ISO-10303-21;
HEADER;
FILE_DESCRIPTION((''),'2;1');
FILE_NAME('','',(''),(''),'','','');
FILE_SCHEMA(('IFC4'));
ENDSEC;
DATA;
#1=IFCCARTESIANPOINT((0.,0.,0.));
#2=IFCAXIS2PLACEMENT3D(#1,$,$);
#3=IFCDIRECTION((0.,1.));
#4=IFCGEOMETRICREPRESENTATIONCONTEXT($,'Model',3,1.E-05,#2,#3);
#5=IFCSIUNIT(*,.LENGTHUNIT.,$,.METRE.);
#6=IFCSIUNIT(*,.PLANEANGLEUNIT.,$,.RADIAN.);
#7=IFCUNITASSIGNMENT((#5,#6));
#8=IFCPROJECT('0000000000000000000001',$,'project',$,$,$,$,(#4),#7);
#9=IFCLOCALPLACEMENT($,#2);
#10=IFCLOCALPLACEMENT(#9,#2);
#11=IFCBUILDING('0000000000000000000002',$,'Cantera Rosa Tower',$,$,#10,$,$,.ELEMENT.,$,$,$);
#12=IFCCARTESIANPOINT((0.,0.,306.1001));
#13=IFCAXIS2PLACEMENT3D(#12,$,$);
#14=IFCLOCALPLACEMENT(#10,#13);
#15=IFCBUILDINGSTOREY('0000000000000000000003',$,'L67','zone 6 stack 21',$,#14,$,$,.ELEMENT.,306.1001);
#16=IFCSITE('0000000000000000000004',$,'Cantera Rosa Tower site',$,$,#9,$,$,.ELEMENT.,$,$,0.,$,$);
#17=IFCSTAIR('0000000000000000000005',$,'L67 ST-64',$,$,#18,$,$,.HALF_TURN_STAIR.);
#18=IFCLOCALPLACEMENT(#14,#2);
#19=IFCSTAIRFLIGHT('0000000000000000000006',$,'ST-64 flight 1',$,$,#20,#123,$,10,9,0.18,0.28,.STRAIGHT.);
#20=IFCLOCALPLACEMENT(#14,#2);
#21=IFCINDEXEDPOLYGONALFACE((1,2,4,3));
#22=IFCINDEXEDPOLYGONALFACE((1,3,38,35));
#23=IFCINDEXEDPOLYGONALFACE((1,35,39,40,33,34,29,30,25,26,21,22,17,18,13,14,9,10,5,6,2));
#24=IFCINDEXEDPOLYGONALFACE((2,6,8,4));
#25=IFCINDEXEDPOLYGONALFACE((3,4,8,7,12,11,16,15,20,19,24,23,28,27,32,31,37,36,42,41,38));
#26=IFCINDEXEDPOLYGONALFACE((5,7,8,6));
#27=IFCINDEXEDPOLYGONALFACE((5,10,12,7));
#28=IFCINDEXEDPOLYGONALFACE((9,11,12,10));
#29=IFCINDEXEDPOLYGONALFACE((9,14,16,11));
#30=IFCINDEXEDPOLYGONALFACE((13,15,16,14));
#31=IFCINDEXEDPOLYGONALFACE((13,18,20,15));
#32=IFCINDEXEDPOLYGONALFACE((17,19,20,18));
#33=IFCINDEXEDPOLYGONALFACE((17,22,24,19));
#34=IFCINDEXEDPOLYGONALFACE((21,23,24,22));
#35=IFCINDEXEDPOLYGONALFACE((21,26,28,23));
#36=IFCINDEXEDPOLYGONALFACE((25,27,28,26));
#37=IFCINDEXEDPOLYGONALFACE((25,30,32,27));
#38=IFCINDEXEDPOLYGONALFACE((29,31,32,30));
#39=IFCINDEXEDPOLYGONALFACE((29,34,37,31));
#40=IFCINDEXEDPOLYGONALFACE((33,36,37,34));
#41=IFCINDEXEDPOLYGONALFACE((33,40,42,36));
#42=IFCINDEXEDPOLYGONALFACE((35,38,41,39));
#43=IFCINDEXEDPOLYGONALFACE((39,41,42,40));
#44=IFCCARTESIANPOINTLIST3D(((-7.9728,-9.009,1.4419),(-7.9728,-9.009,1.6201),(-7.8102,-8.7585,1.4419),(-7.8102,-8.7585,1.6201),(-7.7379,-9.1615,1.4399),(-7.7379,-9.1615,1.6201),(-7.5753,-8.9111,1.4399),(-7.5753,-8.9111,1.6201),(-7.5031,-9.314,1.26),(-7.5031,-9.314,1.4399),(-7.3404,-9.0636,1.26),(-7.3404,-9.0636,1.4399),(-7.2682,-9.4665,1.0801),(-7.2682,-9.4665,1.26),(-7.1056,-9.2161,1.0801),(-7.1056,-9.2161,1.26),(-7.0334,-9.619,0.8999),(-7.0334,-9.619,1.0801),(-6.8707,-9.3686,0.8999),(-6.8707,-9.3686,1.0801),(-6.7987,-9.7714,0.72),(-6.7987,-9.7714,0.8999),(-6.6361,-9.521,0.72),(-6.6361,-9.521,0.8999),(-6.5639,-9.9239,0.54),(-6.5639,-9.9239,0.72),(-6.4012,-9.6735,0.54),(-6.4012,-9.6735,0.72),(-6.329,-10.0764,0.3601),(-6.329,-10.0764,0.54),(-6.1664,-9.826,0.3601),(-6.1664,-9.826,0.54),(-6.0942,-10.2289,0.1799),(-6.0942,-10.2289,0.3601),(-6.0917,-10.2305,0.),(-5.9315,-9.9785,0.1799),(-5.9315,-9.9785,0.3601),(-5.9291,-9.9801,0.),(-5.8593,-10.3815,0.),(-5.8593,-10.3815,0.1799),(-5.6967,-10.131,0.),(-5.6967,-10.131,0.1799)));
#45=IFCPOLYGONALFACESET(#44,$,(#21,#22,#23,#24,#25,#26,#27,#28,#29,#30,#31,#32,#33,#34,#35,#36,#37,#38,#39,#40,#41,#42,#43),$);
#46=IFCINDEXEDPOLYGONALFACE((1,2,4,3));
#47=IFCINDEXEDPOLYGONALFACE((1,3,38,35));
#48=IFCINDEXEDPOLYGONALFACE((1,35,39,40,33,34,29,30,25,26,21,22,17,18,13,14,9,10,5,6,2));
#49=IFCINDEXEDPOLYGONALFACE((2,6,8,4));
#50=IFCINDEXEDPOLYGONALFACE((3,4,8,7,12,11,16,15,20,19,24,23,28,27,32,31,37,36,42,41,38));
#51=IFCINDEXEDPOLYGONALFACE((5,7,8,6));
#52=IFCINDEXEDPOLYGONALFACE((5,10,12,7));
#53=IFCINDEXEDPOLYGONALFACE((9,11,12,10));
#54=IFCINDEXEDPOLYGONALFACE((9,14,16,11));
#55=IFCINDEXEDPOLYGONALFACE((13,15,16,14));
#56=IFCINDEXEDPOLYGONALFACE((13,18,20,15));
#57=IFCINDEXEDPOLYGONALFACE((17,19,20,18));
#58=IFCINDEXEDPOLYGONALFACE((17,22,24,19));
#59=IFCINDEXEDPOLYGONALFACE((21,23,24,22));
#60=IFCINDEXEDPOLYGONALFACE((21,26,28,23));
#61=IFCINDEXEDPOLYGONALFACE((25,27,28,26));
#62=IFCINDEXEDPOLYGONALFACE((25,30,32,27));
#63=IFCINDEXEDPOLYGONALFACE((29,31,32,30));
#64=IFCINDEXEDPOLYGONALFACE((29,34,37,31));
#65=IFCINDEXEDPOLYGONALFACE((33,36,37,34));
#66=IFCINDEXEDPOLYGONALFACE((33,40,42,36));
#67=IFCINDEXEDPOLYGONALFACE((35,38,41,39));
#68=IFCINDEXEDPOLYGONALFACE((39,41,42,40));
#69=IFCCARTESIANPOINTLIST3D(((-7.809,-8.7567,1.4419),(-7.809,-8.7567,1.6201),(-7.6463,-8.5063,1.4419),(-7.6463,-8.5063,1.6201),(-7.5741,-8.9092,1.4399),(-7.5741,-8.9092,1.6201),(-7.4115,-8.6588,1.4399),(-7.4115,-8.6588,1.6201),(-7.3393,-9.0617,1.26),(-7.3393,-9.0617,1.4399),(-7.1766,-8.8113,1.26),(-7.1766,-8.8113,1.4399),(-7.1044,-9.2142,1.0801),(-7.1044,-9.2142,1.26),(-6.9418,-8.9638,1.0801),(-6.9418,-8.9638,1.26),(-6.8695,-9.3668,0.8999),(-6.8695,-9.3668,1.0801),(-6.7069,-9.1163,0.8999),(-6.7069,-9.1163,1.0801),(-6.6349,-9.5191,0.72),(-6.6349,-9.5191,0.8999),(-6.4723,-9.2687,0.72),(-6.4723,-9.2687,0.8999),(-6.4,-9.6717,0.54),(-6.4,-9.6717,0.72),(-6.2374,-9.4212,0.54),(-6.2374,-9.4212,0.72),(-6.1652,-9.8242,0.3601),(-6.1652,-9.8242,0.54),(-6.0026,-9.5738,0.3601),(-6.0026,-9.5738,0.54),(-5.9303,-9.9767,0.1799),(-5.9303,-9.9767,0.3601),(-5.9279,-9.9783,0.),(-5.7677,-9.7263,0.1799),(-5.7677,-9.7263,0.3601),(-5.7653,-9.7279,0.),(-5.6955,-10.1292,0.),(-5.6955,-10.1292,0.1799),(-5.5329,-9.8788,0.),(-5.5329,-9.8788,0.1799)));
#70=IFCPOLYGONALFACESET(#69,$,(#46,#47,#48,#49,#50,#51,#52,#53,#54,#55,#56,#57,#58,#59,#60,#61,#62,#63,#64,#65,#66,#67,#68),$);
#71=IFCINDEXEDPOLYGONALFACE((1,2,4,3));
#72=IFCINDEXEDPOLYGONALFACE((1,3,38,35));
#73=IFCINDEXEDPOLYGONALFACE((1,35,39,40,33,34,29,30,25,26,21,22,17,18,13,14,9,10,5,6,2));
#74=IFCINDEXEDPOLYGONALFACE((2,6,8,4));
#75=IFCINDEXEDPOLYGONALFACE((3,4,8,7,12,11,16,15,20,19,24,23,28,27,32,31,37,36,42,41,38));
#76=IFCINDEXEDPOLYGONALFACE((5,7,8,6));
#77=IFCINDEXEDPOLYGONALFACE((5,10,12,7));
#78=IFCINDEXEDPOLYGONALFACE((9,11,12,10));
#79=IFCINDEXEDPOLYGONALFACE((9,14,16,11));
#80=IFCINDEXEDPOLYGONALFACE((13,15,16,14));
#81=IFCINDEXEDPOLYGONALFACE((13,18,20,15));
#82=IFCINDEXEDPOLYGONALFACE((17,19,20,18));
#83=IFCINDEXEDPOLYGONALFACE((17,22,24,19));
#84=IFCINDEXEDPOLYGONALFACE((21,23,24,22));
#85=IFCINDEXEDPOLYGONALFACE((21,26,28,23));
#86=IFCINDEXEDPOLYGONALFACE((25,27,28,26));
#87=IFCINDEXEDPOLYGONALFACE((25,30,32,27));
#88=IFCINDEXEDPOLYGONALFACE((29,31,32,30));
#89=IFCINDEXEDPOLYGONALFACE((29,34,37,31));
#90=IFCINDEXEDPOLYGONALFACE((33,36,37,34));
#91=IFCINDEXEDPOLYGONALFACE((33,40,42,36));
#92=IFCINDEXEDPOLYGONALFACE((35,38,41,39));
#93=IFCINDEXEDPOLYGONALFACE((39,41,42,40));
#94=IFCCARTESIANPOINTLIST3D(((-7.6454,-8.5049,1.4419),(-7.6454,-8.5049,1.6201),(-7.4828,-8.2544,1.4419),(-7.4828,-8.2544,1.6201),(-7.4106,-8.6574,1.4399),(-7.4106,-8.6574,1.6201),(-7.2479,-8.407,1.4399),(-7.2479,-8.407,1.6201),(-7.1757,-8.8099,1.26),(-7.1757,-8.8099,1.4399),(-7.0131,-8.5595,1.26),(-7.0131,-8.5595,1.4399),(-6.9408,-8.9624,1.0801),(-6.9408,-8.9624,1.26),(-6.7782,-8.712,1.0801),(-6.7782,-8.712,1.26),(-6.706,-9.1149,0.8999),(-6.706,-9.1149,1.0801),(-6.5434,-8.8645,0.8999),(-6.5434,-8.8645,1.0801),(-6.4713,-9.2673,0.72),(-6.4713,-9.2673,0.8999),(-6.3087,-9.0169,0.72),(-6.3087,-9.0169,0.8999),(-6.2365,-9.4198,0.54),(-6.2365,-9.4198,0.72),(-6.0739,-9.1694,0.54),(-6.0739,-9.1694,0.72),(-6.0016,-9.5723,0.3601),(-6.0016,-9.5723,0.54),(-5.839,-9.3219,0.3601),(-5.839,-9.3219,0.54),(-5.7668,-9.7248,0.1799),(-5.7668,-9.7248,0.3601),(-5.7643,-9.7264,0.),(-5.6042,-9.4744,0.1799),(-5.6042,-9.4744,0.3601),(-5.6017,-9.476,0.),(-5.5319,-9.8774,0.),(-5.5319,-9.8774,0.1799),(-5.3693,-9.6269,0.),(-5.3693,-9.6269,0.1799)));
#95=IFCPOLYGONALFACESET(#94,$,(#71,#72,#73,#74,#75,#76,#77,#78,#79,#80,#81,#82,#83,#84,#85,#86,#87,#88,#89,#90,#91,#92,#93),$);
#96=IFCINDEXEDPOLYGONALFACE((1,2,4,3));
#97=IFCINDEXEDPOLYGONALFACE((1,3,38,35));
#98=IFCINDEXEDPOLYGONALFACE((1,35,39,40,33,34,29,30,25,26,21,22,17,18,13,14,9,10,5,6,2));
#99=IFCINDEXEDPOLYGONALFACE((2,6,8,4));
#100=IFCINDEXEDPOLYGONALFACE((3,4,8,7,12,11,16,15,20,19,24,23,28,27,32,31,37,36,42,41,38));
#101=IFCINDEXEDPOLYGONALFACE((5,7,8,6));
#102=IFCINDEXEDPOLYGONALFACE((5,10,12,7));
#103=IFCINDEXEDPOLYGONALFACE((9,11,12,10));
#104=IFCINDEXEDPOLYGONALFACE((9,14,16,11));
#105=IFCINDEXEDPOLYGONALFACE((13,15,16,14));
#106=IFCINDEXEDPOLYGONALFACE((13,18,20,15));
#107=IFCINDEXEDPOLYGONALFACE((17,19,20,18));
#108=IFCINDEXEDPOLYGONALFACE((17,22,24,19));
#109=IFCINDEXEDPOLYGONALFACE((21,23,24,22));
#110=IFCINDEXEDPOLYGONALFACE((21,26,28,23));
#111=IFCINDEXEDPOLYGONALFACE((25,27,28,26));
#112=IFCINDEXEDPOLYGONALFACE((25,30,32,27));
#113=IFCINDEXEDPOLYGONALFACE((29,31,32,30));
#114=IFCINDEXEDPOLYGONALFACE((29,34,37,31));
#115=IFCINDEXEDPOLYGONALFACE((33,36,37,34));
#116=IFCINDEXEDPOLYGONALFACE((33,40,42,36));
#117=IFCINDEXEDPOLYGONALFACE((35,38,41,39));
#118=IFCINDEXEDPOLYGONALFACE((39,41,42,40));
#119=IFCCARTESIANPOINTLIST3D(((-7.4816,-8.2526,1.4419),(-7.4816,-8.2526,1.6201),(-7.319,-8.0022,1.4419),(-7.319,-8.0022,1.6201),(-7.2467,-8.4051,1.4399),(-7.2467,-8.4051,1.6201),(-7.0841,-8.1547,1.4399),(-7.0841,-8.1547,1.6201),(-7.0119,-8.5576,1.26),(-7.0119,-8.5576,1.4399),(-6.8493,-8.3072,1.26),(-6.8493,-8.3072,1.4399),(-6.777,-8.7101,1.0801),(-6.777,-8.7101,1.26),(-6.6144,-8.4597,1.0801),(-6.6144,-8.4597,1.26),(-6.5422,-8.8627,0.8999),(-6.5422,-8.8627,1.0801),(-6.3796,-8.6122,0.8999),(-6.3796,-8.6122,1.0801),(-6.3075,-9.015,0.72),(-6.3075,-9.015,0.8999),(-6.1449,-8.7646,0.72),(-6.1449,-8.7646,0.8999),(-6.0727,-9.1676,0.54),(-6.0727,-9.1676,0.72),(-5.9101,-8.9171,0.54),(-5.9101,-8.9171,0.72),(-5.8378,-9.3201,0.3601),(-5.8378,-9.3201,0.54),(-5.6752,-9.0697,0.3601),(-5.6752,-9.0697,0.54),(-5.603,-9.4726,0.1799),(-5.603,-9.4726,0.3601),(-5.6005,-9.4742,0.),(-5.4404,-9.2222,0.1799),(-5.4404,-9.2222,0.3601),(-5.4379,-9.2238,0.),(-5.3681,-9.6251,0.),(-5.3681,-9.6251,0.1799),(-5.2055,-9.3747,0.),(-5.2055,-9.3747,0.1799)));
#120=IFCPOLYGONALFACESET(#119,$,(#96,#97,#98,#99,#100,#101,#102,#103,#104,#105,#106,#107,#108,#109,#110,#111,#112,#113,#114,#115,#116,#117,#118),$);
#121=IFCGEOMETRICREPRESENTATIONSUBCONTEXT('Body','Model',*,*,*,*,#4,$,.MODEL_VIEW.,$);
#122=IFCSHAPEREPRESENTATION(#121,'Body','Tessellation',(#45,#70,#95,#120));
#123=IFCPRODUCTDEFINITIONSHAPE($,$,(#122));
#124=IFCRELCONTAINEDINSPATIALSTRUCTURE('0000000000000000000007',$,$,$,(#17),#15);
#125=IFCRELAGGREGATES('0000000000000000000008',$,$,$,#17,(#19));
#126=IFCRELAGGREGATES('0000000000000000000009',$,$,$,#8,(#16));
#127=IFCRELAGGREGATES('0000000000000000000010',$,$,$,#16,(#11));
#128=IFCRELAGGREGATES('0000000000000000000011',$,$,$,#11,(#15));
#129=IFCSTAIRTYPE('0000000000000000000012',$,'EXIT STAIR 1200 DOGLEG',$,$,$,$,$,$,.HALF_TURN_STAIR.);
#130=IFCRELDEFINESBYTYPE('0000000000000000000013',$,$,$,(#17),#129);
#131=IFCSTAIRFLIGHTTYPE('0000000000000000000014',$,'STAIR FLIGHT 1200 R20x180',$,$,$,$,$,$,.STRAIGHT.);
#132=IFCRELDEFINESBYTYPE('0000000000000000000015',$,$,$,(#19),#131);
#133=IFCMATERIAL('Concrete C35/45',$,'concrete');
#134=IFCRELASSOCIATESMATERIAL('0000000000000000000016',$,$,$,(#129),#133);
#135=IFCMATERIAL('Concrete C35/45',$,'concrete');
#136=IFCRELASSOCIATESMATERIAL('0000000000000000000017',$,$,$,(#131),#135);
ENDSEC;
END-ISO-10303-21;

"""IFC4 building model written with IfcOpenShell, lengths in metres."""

from ifc_helpers import new_model, si_unit, direction, frame, origin, place, context, subcontext, project, spatial, polyline, outline, extrude, material, type_object, element, aggregate, save


model = new_model("IFC4")

# Units and contexts
model_context = context("Model", 3, precision=1e-05, world=origin(), true_north=direction((0.0, 1.0)))
body_context = subcontext(model_context, "Body", "Model", "MODEL_VIEW")
ifc_project = project(units=[si_unit("LENGTHUNIT", "METRE"), si_unit("PLANEANGLEUNIT", "RADIAN")], contexts=[model_context])

# Site, building, storey
site_placement = place(None, origin())
site = spatial("IfcSite", under=ifc_project, at=site_placement, Name="Cantera Rosa Tower site", CompositionType="ELEMENT", RefElevation=0.0)
building_placement = place(site_placement, origin())
building = spatial("IfcBuilding", under=site, at=building_placement, Name="Cantera Rosa Tower", CompositionType="ELEMENT")
storey_placement = place(building_placement, frame((0.0, 0.0, 306.1001)))
storey = spatial("IfcBuildingStorey", under=building, at=storey_placement, Name="L67", Description="zone 6 stack 21", CompositionType="ELEMENT", Elevation=306.1001)

# Stair, stair flight
ifc_material_1 = material(Name="Concrete C35/45", Category="concrete")
stair_type = type_object("IfcStairType", Name="EXIT STAIR 1200 DOGLEG", PredefinedType="HALF_TURN_STAIR", material=ifc_material_1)
stair_placement = place(storey_placement, origin())
stair = element("IfcStair", 1, at=stair_placement, inside=storey, type_object=stair_type, Name="L67 ST-64", PredefinedType="HALF_TURN_STAIR")
ifc_material_2 = material(Name="Concrete C35/45", Category="concrete")
stair_flight_type = type_object("IfcStairFlightType", Name="STAIR FLIGHT 1200 R20x180", PredefinedType="STRAIGHT", material=ifc_material_2)
stair_flight_1_placement = place(storey_placement, frame((-5.5325, -9.8782, 0.0), z_axis=(0.0, 0.0, 1.0), x_axis=(-0.838671, 0.544639, 0.0)))
stair_flight_1 = element("IfcStairFlight", 2, at=stair_flight_1_placement, type_object=stair_flight_type, Name="ST-64 flight 1", NumberOfRisers=10, NumberOfTreads=9, PredefinedType="STRAIGHT", RiserHeight=0.18, TreadLength=0.28, context=body_context, shape_type="SweptSolid", body=[
    extrude(outline(polyline([(0.0, 0.0), (0.0, 0.1799), (0.28, 0.1799), (0.28, 0.3601), (0.5601, 0.3601), (0.5601, 0.54), (0.8401, 0.54), (0.8401, 0.72), (1.1201, 0.72), (1.1201, 0.8999), (1.3999, 0.8999), (1.3999, 1.0801), (1.6799, 1.0801), (1.6799, 1.26), (1.96, 1.26), (1.96, 1.4399), (2.24, 1.4399), (2.24, 1.6201), (2.52, 1.6201), (2.52, 1.8), (2.52, 1.4419), (0.2771, 0.0), (0.0, 0.0)])), frame((0.0, 0.6001, 0.0), z_axis=(0.0, -1.0, 0.0), x_axis=(1.0, 0.0, 0.0)), (0.0, 0.0, 1.0), 0.2986),
    extrude(outline(polyline([(0.0, 0.0), (0.0, 0.1799), (0.28, 0.1799), (0.28, 0.3601), (0.5601, 0.3601), (0.5601, 0.54), (0.8401, 0.54), (0.8401, 0.72), (1.1201, 0.72), (1.1201, 0.8999), (1.3999, 0.8999), (1.3999, 1.0801), (1.6799, 1.0801), (1.6799, 1.26), (1.96, 1.26), (1.96, 1.4399), (2.24, 1.4399), (2.24, 1.6201), (2.52, 1.6201), (2.52, 1.8), (2.52, 1.4419), (0.2771, 0.0), (0.0, 0.0)])), frame((0.0, 0.2993, 0.0), z_axis=(0.0, -1.0, 0.0), x_axis=(1.0, 0.0, 0.0)), (0.0, 0.0, 1.0), 0.2986),
    extrude(outline(polyline([(0.0, 0.0), (0.0, 0.1799), (0.28, 0.1799), (0.28, 0.3601), (0.5601, 0.3601), (0.5601, 0.54), (0.8401, 0.54), (0.8401, 0.72), (1.1201, 0.72), (1.1201, 0.8999), (1.3999, 0.8999), (1.3999, 1.0801), (1.6799, 1.0801), (1.6799, 1.26), (1.96, 1.26), (1.96, 1.4399), (2.24, 1.4399), (2.24, 1.6201), (2.52, 1.6201), (2.52, 1.8), (2.52, 1.4419), (0.2771, 0.0), (0.0, 0.0)])), frame((0.0, -0.001, 0.0), z_axis=(0.0, -1.0, 0.0), x_axis=(1.0, 0.0, 0.0)), (0.0, 0.0, 1.0), 0.2986),
    extrude(outline(polyline([(0.0, 0.0), (0.0, 0.1799), (0.28, 0.1799), (0.28, 0.3601), (0.5601, 0.3601), (0.5601, 0.54), (0.8401, 0.54), (0.8401, 0.72), (1.1201, 0.72), (1.1201, 0.8999), (1.3999, 0.8999), (1.3999, 1.0801), (1.6799, 1.0801), (1.6799, 1.26), (1.96, 1.26), (1.96, 1.4399), (2.24, 1.4399), (2.24, 1.6201), (2.52, 1.6201), (2.52, 1.8), (2.52, 1.4419), (0.2771, 0.0), (0.0, 0.0)])), frame((0.0, -0.3018, 0.0), z_axis=(0.0, -1.0, 0.0), x_axis=(1.0, 0.0, 0.0)), (0.0, 0.0, 1.0), 0.2986),
])
aggregate(stair, [stair_flight_1])

save(model, "model.ifc")
